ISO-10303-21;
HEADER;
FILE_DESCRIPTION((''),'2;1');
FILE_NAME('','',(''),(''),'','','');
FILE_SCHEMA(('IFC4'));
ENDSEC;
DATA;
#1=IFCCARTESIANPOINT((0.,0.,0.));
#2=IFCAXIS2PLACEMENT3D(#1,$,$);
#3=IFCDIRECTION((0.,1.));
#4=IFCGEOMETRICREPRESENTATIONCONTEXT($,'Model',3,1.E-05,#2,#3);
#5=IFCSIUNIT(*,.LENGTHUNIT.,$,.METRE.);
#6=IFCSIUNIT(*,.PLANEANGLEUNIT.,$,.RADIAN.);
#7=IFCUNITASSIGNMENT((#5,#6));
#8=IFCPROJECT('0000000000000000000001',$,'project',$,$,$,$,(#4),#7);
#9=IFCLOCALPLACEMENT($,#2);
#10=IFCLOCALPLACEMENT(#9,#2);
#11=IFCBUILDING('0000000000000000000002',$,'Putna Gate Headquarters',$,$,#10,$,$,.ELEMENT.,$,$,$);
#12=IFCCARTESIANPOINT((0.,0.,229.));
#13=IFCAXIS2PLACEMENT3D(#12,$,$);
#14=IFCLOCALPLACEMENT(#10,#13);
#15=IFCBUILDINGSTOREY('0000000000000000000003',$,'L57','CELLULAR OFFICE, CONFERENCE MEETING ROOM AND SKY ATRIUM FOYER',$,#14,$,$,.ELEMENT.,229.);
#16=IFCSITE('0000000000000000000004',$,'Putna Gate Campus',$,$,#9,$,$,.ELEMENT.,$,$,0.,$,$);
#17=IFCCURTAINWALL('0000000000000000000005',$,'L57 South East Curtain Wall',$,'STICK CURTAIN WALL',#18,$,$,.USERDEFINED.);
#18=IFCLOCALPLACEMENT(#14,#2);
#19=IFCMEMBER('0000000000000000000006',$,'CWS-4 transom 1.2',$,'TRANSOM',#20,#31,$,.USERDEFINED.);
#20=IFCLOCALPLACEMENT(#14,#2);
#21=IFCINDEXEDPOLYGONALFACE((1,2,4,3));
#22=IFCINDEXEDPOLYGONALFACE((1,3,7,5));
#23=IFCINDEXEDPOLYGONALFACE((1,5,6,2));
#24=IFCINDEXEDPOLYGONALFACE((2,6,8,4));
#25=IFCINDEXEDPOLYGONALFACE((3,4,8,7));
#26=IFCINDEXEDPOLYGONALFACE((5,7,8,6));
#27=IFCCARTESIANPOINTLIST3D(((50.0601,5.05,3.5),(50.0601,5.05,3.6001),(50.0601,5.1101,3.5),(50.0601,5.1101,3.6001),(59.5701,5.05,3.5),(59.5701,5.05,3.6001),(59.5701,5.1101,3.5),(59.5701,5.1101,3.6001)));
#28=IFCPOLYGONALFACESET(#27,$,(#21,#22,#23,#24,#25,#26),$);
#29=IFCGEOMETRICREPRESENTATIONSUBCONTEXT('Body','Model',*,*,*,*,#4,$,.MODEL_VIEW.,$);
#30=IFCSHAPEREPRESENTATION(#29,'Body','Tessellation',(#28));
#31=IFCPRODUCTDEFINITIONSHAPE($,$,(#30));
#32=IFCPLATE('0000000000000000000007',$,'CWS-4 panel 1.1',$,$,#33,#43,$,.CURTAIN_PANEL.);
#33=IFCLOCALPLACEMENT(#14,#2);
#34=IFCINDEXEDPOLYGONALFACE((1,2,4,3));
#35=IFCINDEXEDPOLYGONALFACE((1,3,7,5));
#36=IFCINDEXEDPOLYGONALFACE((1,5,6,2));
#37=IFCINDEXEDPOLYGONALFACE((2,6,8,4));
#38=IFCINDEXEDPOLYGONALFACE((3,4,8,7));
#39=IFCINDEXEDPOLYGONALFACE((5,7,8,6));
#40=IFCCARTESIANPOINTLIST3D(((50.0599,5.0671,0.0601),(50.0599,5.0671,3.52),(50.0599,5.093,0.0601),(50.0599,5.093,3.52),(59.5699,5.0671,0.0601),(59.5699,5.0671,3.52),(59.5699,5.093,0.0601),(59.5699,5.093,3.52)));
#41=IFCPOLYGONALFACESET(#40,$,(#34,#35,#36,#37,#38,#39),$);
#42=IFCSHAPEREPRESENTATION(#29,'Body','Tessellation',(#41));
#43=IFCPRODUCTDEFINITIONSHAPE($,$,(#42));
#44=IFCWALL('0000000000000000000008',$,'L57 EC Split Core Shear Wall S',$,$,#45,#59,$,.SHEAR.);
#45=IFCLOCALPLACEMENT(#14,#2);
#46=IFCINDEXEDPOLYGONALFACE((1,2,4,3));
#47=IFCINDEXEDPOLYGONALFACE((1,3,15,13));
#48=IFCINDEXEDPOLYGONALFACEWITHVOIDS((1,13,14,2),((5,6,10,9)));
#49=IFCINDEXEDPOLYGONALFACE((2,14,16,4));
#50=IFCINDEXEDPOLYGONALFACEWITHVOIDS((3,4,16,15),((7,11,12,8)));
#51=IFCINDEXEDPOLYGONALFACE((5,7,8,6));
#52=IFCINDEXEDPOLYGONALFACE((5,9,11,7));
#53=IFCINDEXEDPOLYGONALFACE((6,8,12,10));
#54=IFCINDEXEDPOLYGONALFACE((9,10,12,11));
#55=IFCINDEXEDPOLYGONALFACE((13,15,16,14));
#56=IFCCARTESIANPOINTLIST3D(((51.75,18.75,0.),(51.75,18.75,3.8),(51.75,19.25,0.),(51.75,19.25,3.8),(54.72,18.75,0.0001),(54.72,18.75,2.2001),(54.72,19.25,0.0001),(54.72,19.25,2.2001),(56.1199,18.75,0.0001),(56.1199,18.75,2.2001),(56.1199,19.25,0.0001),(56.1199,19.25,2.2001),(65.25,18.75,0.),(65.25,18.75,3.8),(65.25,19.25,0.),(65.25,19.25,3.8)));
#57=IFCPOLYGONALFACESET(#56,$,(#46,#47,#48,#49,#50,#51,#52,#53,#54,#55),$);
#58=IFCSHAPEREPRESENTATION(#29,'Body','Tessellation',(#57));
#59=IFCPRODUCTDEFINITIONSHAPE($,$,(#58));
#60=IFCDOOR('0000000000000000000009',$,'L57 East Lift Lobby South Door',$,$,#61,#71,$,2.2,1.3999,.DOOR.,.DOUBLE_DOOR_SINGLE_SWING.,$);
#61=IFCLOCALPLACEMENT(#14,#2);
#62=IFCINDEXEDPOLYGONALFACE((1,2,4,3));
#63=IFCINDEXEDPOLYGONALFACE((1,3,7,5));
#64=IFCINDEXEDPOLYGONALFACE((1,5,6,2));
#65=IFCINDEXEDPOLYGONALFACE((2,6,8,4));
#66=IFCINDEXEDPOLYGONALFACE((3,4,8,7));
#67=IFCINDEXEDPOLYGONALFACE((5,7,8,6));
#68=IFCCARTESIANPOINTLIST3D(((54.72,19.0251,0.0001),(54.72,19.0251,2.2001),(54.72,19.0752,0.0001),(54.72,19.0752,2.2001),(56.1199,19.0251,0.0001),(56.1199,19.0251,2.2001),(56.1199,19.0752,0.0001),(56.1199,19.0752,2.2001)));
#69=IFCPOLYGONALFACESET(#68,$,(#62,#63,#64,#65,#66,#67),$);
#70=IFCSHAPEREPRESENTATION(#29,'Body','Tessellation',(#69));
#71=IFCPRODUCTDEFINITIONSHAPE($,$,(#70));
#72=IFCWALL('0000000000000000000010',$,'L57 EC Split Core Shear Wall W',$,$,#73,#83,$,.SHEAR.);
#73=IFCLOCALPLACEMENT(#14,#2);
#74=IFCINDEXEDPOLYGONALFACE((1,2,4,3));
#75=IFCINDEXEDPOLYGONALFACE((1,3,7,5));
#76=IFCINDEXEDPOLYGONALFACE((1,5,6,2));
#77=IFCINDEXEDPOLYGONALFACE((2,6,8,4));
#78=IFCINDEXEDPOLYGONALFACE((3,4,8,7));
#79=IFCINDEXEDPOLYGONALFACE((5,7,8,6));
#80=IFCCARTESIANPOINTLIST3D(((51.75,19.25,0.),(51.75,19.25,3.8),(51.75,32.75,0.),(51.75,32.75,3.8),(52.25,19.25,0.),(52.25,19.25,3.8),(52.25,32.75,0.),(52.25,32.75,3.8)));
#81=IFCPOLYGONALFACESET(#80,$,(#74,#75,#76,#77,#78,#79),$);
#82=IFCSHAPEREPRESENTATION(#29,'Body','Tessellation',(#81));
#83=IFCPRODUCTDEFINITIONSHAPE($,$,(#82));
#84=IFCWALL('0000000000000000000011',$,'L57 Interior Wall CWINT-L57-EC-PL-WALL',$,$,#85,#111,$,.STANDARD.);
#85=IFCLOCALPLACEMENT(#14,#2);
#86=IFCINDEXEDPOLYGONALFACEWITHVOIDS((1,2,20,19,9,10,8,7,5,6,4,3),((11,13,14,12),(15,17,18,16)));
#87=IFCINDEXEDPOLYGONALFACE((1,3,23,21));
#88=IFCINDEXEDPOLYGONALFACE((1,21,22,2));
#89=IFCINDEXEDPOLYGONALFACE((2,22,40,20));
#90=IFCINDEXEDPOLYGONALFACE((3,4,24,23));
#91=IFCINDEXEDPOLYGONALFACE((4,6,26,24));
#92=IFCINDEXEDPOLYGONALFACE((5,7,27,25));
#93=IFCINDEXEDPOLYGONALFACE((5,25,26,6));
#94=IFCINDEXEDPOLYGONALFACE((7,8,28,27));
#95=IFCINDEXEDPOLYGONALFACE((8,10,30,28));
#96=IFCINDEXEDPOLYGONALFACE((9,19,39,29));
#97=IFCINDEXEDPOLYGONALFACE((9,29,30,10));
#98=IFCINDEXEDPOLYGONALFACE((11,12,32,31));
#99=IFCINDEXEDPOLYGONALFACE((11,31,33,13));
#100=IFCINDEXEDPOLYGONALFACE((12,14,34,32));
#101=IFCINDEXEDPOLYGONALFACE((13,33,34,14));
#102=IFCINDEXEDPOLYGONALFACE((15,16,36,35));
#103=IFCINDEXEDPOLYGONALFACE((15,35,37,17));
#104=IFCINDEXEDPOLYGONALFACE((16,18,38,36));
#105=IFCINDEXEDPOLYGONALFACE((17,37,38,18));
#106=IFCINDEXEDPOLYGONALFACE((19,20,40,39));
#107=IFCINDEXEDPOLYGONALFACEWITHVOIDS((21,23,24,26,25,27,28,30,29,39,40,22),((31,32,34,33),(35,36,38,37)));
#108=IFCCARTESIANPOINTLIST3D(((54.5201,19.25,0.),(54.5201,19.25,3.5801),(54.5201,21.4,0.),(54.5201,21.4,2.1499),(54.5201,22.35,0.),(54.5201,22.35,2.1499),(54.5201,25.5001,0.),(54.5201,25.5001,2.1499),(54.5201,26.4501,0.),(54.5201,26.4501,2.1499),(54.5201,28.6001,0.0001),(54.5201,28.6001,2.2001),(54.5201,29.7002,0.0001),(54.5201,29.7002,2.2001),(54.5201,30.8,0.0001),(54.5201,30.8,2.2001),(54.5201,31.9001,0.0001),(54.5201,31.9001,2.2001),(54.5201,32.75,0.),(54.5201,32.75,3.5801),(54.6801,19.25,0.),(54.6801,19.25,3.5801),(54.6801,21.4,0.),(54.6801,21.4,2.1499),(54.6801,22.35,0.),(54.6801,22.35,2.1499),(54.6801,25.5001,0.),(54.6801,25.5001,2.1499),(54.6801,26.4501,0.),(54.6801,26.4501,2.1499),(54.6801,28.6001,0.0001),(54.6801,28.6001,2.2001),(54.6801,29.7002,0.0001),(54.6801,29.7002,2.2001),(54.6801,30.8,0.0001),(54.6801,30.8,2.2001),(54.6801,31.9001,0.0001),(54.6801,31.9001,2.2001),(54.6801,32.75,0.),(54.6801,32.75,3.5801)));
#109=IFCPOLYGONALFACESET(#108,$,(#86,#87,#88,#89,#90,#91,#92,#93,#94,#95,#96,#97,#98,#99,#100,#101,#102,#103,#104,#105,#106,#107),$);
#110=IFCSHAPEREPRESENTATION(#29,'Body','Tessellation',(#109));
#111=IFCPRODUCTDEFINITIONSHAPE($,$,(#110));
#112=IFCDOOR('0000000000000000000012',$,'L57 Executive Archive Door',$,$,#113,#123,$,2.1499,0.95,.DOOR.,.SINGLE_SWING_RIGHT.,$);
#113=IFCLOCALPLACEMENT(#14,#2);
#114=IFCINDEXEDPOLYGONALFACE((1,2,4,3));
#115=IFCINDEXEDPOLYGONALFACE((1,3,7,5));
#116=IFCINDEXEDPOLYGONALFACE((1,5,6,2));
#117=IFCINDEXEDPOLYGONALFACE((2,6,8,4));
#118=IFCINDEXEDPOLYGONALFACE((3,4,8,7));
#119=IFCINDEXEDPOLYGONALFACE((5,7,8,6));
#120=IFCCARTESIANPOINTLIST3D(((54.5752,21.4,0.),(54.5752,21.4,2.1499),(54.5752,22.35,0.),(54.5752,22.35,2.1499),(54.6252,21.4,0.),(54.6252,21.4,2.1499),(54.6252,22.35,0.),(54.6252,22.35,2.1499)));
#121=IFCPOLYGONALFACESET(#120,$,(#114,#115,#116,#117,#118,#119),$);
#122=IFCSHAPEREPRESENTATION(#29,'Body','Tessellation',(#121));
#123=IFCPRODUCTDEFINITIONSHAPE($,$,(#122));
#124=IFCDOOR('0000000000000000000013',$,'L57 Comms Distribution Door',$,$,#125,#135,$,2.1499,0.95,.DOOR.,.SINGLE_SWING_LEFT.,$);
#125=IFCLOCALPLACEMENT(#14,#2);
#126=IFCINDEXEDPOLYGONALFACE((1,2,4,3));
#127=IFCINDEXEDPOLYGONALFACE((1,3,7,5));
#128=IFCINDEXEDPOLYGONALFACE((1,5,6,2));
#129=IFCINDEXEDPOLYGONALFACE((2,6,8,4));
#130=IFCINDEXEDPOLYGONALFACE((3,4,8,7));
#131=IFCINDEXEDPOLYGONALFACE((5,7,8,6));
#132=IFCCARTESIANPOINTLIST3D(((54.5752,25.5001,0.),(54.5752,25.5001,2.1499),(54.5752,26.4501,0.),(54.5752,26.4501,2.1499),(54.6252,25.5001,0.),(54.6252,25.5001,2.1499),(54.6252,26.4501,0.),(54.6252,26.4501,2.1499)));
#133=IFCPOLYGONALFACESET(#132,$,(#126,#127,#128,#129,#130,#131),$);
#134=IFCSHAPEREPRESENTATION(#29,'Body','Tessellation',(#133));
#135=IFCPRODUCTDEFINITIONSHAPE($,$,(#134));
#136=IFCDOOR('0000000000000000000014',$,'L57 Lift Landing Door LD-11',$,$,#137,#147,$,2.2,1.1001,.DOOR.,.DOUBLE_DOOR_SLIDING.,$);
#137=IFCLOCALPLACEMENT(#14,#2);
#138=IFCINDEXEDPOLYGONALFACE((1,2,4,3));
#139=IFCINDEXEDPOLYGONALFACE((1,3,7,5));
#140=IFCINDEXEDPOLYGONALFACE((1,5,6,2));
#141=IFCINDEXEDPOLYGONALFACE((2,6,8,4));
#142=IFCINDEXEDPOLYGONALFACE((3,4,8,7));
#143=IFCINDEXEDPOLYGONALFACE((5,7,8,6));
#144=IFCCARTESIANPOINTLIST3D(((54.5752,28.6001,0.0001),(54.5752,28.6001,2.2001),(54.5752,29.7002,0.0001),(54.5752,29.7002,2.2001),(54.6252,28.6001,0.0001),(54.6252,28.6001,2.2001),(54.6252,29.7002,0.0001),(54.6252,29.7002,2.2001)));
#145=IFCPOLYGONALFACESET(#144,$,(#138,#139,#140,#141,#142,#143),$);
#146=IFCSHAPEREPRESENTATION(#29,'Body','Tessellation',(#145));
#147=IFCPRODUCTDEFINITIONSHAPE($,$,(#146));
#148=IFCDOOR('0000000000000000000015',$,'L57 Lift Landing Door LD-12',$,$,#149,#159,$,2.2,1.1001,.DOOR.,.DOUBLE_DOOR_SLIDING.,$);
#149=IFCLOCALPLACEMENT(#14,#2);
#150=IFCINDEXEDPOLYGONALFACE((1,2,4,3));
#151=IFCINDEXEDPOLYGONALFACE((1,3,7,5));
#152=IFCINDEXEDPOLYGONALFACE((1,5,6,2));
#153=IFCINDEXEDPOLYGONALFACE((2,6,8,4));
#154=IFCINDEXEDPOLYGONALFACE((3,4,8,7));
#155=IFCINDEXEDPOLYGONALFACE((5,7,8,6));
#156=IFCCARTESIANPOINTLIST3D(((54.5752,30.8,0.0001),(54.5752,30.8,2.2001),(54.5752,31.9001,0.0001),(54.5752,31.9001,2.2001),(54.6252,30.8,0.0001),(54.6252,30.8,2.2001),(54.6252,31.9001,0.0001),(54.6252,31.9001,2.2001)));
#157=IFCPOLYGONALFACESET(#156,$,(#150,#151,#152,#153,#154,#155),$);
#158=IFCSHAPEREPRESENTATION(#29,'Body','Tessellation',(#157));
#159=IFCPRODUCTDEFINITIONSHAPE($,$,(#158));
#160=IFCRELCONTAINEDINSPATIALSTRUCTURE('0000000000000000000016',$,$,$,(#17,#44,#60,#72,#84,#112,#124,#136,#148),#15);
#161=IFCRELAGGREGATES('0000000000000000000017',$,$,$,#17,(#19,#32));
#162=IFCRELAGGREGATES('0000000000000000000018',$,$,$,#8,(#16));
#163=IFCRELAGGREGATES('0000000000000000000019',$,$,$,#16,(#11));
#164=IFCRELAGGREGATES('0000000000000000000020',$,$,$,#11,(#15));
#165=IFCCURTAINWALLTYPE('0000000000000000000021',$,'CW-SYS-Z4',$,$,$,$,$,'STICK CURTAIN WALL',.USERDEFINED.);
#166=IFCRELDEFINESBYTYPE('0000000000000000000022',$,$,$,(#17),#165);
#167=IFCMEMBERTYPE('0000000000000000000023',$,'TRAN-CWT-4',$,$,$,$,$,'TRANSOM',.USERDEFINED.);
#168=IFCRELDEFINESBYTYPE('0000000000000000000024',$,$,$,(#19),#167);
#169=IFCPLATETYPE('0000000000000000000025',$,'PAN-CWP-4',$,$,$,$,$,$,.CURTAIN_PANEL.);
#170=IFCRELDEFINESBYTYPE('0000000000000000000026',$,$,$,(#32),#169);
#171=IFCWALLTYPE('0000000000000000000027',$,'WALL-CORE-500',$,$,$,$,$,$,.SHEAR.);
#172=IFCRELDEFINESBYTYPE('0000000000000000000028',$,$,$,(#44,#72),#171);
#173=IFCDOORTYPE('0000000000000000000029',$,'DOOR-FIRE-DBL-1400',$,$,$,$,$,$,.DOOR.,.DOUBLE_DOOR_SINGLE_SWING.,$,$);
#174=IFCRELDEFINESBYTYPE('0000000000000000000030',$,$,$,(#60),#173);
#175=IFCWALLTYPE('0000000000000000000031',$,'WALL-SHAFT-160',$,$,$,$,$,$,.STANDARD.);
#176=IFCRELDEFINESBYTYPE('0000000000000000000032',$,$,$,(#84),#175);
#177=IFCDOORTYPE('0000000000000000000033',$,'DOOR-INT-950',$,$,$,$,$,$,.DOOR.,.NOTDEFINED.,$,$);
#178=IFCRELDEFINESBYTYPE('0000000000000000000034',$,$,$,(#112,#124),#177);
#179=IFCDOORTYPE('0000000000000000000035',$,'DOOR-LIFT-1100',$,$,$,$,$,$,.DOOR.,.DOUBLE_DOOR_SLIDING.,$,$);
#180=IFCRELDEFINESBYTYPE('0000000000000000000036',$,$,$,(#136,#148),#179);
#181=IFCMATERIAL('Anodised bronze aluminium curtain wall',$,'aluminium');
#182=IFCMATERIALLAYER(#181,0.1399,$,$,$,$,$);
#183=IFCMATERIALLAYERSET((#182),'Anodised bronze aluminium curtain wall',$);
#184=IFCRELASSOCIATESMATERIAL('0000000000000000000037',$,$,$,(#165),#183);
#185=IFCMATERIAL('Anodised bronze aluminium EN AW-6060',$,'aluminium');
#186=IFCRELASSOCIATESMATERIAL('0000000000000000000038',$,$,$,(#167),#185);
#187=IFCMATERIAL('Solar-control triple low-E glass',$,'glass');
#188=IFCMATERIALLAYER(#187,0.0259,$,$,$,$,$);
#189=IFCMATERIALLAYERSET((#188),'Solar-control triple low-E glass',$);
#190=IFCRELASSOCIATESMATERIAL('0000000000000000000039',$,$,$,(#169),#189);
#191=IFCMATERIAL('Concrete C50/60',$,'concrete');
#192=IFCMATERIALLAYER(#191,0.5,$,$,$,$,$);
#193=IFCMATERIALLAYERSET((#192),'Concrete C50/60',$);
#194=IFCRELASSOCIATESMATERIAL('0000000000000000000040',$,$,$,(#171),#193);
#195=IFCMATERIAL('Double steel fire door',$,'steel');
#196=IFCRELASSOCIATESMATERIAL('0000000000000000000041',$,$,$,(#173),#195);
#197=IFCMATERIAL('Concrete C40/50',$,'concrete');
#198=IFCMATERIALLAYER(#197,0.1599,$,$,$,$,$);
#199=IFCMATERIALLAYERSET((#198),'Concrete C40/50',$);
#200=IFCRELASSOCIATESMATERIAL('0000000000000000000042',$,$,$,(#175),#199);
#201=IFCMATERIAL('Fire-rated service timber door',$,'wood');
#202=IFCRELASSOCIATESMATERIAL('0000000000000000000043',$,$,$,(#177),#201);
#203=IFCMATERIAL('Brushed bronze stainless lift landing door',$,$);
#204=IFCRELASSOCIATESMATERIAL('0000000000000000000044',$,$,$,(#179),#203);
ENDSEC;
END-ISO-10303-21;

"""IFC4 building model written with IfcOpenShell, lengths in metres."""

from ifc_helpers import new_model, si_unit, direction, frame, frame_2d, origin, origin_2d, place, context, subcontext, project, spatial, rectangle, extrude, material, layer, layer_set, material_profile, profile_set, type_object, element, fill, aggregate, save


model = new_model("IFC4")

# Units and contexts
model_context = context("Model", 3, precision=1e-05, world=origin(), true_north=direction((0.0, 1.0)))
body_context = subcontext(model_context, "Body", "Model", "MODEL_VIEW")
ifc_project = project(units=[si_unit("LENGTHUNIT", "METRE"), si_unit("PLANEANGLEUNIT", "RADIAN")], contexts=[model_context])

# Site, building, storey
site_placement = place(None, origin())
site = spatial("IfcSite", under=ifc_project, at=site_placement, Name="Putna Gate Campus", CompositionType="ELEMENT", RefElevation=0.0)
building_placement = place(site_placement, origin())
building = spatial("IfcBuilding", under=site, at=building_placement, Name="Putna Gate Headquarters", CompositionType="ELEMENT")
storey_placement = place(building_placement, frame((0.0, 0.0, 229.0)))
storey = spatial("IfcBuildingStorey", under=building, at=storey_placement, Name="L57", Description="CELLULAR OFFICE, CONFERENCE MEETING ROOM AND SKY ATRIUM FOYER", CompositionType="ELEMENT", Elevation=229.0)

# Curtain wall
ifc_material_1 = material(Name="Anodised bronze aluminium curtain wall", Category="aluminium")
ifc_layer_1 = layer(ifc_material_1, 0.1399)
ifc_layer_set_1 = layer_set([ifc_layer_1], Name="Anodised bronze aluminium curtain wall")
curtain_wall_type_1 = type_object("IfcCurtainWallType", Name="CW-SYS-Z4", ElementType="STICK CURTAIN WALL", PredefinedType="USERDEFINED", material=ifc_layer_set_1)
curtain_wall_1_placement = place(storey_placement, origin())
curtain_wall_1 = element("IfcCurtainWall", 1, at=curtain_wall_1_placement, inside=storey, type_object=curtain_wall_type_1, Name="L57 South East Curtain Wall", ObjectType="STICK CURTAIN WALL", PredefinedType="USERDEFINED")
ifc_material_2 = material(Name="Anodised bronze aluminium EN AW-6060", Category="aluminium")

# Member
ifc_material_profile_1 = material_profile(ifc_material_2, rectangle(XDim=0.0601, YDim=0.1001, at=origin_2d()), Name="Anodised bronze aluminium EN AW-6060")
ifc_profile_set_1 = profile_set([ifc_material_profile_1], Name="Anodised bronze aluminium EN AW-6060")
member_type_1 = type_object("IfcMemberType", Name="TRAN-CWT-4", ElementType="TRANSOM", PredefinedType="USERDEFINED", material=ifc_profile_set_1)
member_1_placement = place(storey_placement, frame((50.0601, 5.0801, 3.55), z_axis=(1.0, 0.0, 0.0), x_axis=(0.0, 1.0, 0.0)))
member_1 = element("IfcMember", 2, at=member_1_placement, type_object=member_type_1, Name="CWS-4 transom 1.2", ObjectType="TRANSOM", PredefinedType="USERDEFINED", context=body_context, shape_type="SweptSolid", body=[
    extrude(rectangle(XDim=0.0601, YDim=0.1001, at=origin_2d()), origin(), (0.0, 0.0, 1.0), 9.51),
])

# Plate
ifc_material_3 = material(Name="Solar-control triple low-E glass", Category="glass")
ifc_layer_2 = layer(ifc_material_3, 0.0259)
ifc_layer_set_2 = layer_set([ifc_layer_2], Name="Solar-control triple low-E glass")
plate_type = type_object("IfcPlateType", Name="PAN-CWP-4", PredefinedType="CURTAIN_PANEL", material=ifc_layer_set_2)
plate_placement = place(storey_placement, frame((54.8149, 5.0801, 0.0601), z_axis=(0.0, 0.0, 1.0), x_axis=(1.0, 0.0, 0.0)))
plate = element("IfcPlate", 3, at=plate_placement, type_object=plate_type, Name="CWS-4 panel 1.1", PredefinedType="CURTAIN_PANEL", context=body_context, shape_type="SweptSolid", body=[
    extrude(rectangle(XDim=9.51, YDim=0.0259, at=origin_2d()), origin(), (0.0, 0.0, 1.0), 3.46),
])
aggregate(curtain_wall_1, [member_1, plate])

# Wall, opening, door
ifc_material_4 = material(Name="Concrete C50/60", Category="concrete")
ifc_layer_3 = layer(ifc_material_4, 0.5)
ifc_layer_set_3 = layer_set([ifc_layer_3], Name="Concrete C50/60")
wall_type_1 = type_object("IfcWallType", Name="WALL-CORE-500", PredefinedType="SHEAR", material=ifc_layer_set_3)
wall_1_placement = place(storey_placement, frame((51.75, 19.0, 0.0), z_axis=(0.0, 0.0, 1.0), x_axis=(1.0, 0.0, 0.0)))
wall_1 = element("IfcWall", 4, at=wall_1_placement, inside=storey, type_object=wall_type_1, Name="L57 EC Split Core Shear Wall S", PredefinedType="SHEAR", context=body_context, shape_type="SweptSolid", body=[
    extrude(rectangle(XDim=13.5, YDim=0.5, at=frame_2d((6.75, 0.0))), origin(), (0.0, 0.0, 1.0), 3.8),
])
opening_1_placement = place(wall_1_placement, frame((2.97, 0.0, 0.0)))
opening_1 = element("IfcOpeningElement", 5, at=opening_1_placement, cuts=wall_1, PredefinedType="OPENING", context=body_context, shape_type="SweptSolid", body=[
    extrude(rectangle(XDim=1.3999, YDim=2.2, at=frame_2d((0.7, 1.1001))), frame((0.0, 0.26, 0.0), z_axis=(0.0, -1.0, 0.0), x_axis=(1.0, 0.0, 0.0)), (0.0, 0.0, 1.0), 0.52),
])
ifc_material_5 = material(Name="Double steel fire door", Category="steel")
door_type_1 = type_object("IfcDoorType", Name="DOOR-FIRE-DBL-1400", OperationType="DOUBLE_DOOR_SINGLE_SWING", PredefinedType="DOOR", material=ifc_material_5)
door_1_placement = place(opening_1_placement, origin())
door_1 = element("IfcDoor", 6, at=door_1_placement, inside=storey, type_object=door_type_1, Name="L57 East Lift Lobby South Door", OperationType="DOUBLE_DOOR_SINGLE_SWING", OverallHeight=2.2, OverallWidth=1.3999, PredefinedType="DOOR", context=body_context, shape_type="SweptSolid", body=[
    extrude(rectangle(XDim=1.3999, YDim=2.2, at=frame_2d((0.7, 1.1001))), frame((0.0, 0.0752, 0.0), z_axis=(0.0, -1.0, 0.0), x_axis=(1.0, 0.0, 0.0)), (0.0, 0.0, 1.0), 0.05),
])
fill(opening_1, door_1)

# Wall
wall_2_placement = place(storey_placement, frame((52.0, 19.25, 0.0), z_axis=(0.0, 0.0, 1.0), x_axis=(0.0, 1.0, 0.0)))
element("IfcWall", 7, at=wall_2_placement, inside=storey, type_object=wall_type_1, Name="L57 EC Split Core Shear Wall W", PredefinedType="SHEAR", context=body_context, shape_type="SweptSolid", body=[
    extrude(rectangle(XDim=13.5, YDim=0.5, at=frame_2d((6.75, 0.0))), origin(), (0.0, 0.0, 1.0), 3.8),
])

# Wall, openings, doors
ifc_material_6 = material(Name="Concrete C40/50", Category="concrete")
ifc_layer_4 = layer(ifc_material_6, 0.1599)
ifc_layer_set_4 = layer_set([ifc_layer_4], Name="Concrete C40/50")
wall_type_2 = type_object("IfcWallType", Name="WALL-SHAFT-160", PredefinedType="STANDARD", material=ifc_layer_set_4)
wall_3_placement = place(storey_placement, frame((54.6001, 19.25, 0.0), z_axis=(0.0, 0.0, 1.0), x_axis=(0.0, 1.0, 0.0)))
wall_3 = element("IfcWall", 8, at=wall_3_placement, inside=storey, type_object=wall_type_2, Name="L57 Interior Wall CWINT-L57-EC-PL-WALL", PredefinedType="STANDARD", context=body_context, shape_type="SweptSolid", body=[
    extrude(rectangle(XDim=13.5, YDim=0.1599, at=frame_2d((6.75, 0.0))), origin(), (0.0, 0.0, 1.0), 3.5801),
])
opening_2_placement = place(wall_3_placement, frame((2.1499, 0.0, 0.0)))
opening_2 = element("IfcOpeningElement", 9, at=opening_2_placement, cuts=wall_3, PredefinedType="OPENING", context=body_context, shape_type="SweptSolid", body=[
    extrude(rectangle(XDim=0.95, YDim=2.1499, at=frame_2d((0.4751, 1.075))), frame((0.0, 0.0898, 0.0), z_axis=(0.0, -1.0, 0.0), x_axis=(1.0, 0.0, 0.0)), (0.0, 0.0, 1.0), 0.1799),
])
opening_3_placement = place(wall_3_placement, frame((6.25, 0.0, 0.0)))
opening_3 = element("IfcOpeningElement", 10, at=opening_3_placement, cuts=wall_3, PredefinedType="OPENING", context=body_context, shape_type="SweptSolid", body=[
    extrude(rectangle(XDim=0.95, YDim=2.1499, at=frame_2d((0.4751, 1.075))), frame((0.0, 0.0898, 0.0), z_axis=(0.0, -1.0, 0.0), x_axis=(1.0, 0.0, 0.0)), (0.0, 0.0, 1.0), 0.1799),
])
opening_4_placement = place(wall_3_placement, frame((9.3501, 0.0, 0.0)))
opening_4 = element("IfcOpeningElement", 11, at=opening_4_placement, cuts=wall_3, PredefinedType="OPENING", context=body_context, shape_type="SweptSolid", body=[
    extrude(rectangle(XDim=1.1001, YDim=2.2, at=frame_2d((0.55, 1.1001))), frame((0.0, 0.0898, 0.0), z_axis=(0.0, -1.0, 0.0), x_axis=(1.0, 0.0, 0.0)), (0.0, 0.0, 1.0), 0.1799),
])
opening_5_placement = place(wall_3_placement, frame((11.55, 0.0, 0.0)))
opening_5 = element("IfcOpeningElement", 12, at=opening_5_placement, cuts=wall_3, PredefinedType="OPENING", context=body_context, shape_type="SweptSolid", body=[
    extrude(rectangle(XDim=1.1001, YDim=2.2, at=frame_2d((0.55, 1.1001))), frame((0.0, 0.0898, 0.0), z_axis=(0.0, -1.0, 0.0), x_axis=(1.0, 0.0, 0.0)), (0.0, 0.0, 1.0), 0.1799),
])
ifc_material_7 = material(Name="Fire-rated service timber door", Category="wood")
door_type_2 = type_object("IfcDoorType", Name="DOOR-INT-950", OperationType="NOTDEFINED", PredefinedType="DOOR", material=ifc_material_7)
door_2_placement = place(opening_2_placement, origin())
door_2 = element("IfcDoor", 13, at=door_2_placement, inside=storey, type_object=door_type_2, Name="L57 Executive Archive Door", OperationType="SINGLE_SWING_RIGHT", OverallHeight=2.1499, OverallWidth=0.95, PredefinedType="DOOR", context=body_context, shape_type="SweptSolid", body=[
    extrude(rectangle(XDim=0.95, YDim=2.1499, at=frame_2d((0.4751, 1.075))), frame((0.0, 0.0249, 0.0), z_axis=(0.0, -1.0, 0.0), x_axis=(1.0, 0.0, 0.0)), (0.0, 0.0, 1.0), 0.05),
])
fill(opening_2, door_2)
door_3_placement = place(opening_3_placement, origin())
door_3 = element("IfcDoor", 14, at=door_3_placement, inside=storey, type_object=door_type_2, Name="L57 Comms Distribution Door", OperationType="SINGLE_SWING_LEFT", OverallHeight=2.1499, OverallWidth=0.95, PredefinedType="DOOR", context=body_context, shape_type="SweptSolid", body=[
    extrude(rectangle(XDim=0.95, YDim=2.1499, at=frame_2d((0.4751, 1.075))), frame((0.0, 0.0249, 0.0), z_axis=(0.0, -1.0, 0.0), x_axis=(1.0, 0.0, 0.0)), (0.0, 0.0, 1.0), 0.05),
])
fill(opening_3, door_3)
ifc_material_8 = material(Name="Brushed bronze stainless lift landing door")
door_type_3 = type_object("IfcDoorType", Name="DOOR-LIFT-1100", OperationType="DOUBLE_DOOR_SLIDING", PredefinedType="DOOR", material=ifc_material_8)
door_4_placement = place(opening_4_placement, origin())
door_4 = element("IfcDoor", 15, at=door_4_placement, inside=storey, type_object=door_type_3, Name="L57 Lift Landing Door LD-11", OperationType="DOUBLE_DOOR_SLIDING", OverallHeight=2.2, OverallWidth=1.1001, PredefinedType="DOOR", context=body_context, shape_type="SweptSolid", body=[
    extrude(rectangle(XDim=1.1001, YDim=2.2, at=frame_2d((0.55, 1.1001))), frame((0.0, 0.0249, 0.0), z_axis=(0.0, -1.0, 0.0), x_axis=(1.0, 0.0, 0.0)), (0.0, 0.0, 1.0), 0.05),
])
fill(opening_4, door_4)
door_5_placement = place(opening_5_placement, origin())
door_5 = element("IfcDoor", 16, at=door_5_placement, inside=storey, type_object=door_type_3, Name="L57 Lift Landing Door LD-12", OperationType="DOUBLE_DOOR_SLIDING", OverallHeight=2.2, OverallWidth=1.1001, PredefinedType="DOOR", context=body_context, shape_type="SweptSolid", body=[
    extrude(rectangle(XDim=1.1001, YDim=2.2, at=frame_2d((0.55, 1.1001))), frame((0.0, 0.0249, 0.0), z_axis=(0.0, -1.0, 0.0), x_axis=(1.0, 0.0, 0.0)), (0.0, 0.0, 1.0), 0.05),
])
fill(opening_5, door_5)

save(model, "model.ifc")
